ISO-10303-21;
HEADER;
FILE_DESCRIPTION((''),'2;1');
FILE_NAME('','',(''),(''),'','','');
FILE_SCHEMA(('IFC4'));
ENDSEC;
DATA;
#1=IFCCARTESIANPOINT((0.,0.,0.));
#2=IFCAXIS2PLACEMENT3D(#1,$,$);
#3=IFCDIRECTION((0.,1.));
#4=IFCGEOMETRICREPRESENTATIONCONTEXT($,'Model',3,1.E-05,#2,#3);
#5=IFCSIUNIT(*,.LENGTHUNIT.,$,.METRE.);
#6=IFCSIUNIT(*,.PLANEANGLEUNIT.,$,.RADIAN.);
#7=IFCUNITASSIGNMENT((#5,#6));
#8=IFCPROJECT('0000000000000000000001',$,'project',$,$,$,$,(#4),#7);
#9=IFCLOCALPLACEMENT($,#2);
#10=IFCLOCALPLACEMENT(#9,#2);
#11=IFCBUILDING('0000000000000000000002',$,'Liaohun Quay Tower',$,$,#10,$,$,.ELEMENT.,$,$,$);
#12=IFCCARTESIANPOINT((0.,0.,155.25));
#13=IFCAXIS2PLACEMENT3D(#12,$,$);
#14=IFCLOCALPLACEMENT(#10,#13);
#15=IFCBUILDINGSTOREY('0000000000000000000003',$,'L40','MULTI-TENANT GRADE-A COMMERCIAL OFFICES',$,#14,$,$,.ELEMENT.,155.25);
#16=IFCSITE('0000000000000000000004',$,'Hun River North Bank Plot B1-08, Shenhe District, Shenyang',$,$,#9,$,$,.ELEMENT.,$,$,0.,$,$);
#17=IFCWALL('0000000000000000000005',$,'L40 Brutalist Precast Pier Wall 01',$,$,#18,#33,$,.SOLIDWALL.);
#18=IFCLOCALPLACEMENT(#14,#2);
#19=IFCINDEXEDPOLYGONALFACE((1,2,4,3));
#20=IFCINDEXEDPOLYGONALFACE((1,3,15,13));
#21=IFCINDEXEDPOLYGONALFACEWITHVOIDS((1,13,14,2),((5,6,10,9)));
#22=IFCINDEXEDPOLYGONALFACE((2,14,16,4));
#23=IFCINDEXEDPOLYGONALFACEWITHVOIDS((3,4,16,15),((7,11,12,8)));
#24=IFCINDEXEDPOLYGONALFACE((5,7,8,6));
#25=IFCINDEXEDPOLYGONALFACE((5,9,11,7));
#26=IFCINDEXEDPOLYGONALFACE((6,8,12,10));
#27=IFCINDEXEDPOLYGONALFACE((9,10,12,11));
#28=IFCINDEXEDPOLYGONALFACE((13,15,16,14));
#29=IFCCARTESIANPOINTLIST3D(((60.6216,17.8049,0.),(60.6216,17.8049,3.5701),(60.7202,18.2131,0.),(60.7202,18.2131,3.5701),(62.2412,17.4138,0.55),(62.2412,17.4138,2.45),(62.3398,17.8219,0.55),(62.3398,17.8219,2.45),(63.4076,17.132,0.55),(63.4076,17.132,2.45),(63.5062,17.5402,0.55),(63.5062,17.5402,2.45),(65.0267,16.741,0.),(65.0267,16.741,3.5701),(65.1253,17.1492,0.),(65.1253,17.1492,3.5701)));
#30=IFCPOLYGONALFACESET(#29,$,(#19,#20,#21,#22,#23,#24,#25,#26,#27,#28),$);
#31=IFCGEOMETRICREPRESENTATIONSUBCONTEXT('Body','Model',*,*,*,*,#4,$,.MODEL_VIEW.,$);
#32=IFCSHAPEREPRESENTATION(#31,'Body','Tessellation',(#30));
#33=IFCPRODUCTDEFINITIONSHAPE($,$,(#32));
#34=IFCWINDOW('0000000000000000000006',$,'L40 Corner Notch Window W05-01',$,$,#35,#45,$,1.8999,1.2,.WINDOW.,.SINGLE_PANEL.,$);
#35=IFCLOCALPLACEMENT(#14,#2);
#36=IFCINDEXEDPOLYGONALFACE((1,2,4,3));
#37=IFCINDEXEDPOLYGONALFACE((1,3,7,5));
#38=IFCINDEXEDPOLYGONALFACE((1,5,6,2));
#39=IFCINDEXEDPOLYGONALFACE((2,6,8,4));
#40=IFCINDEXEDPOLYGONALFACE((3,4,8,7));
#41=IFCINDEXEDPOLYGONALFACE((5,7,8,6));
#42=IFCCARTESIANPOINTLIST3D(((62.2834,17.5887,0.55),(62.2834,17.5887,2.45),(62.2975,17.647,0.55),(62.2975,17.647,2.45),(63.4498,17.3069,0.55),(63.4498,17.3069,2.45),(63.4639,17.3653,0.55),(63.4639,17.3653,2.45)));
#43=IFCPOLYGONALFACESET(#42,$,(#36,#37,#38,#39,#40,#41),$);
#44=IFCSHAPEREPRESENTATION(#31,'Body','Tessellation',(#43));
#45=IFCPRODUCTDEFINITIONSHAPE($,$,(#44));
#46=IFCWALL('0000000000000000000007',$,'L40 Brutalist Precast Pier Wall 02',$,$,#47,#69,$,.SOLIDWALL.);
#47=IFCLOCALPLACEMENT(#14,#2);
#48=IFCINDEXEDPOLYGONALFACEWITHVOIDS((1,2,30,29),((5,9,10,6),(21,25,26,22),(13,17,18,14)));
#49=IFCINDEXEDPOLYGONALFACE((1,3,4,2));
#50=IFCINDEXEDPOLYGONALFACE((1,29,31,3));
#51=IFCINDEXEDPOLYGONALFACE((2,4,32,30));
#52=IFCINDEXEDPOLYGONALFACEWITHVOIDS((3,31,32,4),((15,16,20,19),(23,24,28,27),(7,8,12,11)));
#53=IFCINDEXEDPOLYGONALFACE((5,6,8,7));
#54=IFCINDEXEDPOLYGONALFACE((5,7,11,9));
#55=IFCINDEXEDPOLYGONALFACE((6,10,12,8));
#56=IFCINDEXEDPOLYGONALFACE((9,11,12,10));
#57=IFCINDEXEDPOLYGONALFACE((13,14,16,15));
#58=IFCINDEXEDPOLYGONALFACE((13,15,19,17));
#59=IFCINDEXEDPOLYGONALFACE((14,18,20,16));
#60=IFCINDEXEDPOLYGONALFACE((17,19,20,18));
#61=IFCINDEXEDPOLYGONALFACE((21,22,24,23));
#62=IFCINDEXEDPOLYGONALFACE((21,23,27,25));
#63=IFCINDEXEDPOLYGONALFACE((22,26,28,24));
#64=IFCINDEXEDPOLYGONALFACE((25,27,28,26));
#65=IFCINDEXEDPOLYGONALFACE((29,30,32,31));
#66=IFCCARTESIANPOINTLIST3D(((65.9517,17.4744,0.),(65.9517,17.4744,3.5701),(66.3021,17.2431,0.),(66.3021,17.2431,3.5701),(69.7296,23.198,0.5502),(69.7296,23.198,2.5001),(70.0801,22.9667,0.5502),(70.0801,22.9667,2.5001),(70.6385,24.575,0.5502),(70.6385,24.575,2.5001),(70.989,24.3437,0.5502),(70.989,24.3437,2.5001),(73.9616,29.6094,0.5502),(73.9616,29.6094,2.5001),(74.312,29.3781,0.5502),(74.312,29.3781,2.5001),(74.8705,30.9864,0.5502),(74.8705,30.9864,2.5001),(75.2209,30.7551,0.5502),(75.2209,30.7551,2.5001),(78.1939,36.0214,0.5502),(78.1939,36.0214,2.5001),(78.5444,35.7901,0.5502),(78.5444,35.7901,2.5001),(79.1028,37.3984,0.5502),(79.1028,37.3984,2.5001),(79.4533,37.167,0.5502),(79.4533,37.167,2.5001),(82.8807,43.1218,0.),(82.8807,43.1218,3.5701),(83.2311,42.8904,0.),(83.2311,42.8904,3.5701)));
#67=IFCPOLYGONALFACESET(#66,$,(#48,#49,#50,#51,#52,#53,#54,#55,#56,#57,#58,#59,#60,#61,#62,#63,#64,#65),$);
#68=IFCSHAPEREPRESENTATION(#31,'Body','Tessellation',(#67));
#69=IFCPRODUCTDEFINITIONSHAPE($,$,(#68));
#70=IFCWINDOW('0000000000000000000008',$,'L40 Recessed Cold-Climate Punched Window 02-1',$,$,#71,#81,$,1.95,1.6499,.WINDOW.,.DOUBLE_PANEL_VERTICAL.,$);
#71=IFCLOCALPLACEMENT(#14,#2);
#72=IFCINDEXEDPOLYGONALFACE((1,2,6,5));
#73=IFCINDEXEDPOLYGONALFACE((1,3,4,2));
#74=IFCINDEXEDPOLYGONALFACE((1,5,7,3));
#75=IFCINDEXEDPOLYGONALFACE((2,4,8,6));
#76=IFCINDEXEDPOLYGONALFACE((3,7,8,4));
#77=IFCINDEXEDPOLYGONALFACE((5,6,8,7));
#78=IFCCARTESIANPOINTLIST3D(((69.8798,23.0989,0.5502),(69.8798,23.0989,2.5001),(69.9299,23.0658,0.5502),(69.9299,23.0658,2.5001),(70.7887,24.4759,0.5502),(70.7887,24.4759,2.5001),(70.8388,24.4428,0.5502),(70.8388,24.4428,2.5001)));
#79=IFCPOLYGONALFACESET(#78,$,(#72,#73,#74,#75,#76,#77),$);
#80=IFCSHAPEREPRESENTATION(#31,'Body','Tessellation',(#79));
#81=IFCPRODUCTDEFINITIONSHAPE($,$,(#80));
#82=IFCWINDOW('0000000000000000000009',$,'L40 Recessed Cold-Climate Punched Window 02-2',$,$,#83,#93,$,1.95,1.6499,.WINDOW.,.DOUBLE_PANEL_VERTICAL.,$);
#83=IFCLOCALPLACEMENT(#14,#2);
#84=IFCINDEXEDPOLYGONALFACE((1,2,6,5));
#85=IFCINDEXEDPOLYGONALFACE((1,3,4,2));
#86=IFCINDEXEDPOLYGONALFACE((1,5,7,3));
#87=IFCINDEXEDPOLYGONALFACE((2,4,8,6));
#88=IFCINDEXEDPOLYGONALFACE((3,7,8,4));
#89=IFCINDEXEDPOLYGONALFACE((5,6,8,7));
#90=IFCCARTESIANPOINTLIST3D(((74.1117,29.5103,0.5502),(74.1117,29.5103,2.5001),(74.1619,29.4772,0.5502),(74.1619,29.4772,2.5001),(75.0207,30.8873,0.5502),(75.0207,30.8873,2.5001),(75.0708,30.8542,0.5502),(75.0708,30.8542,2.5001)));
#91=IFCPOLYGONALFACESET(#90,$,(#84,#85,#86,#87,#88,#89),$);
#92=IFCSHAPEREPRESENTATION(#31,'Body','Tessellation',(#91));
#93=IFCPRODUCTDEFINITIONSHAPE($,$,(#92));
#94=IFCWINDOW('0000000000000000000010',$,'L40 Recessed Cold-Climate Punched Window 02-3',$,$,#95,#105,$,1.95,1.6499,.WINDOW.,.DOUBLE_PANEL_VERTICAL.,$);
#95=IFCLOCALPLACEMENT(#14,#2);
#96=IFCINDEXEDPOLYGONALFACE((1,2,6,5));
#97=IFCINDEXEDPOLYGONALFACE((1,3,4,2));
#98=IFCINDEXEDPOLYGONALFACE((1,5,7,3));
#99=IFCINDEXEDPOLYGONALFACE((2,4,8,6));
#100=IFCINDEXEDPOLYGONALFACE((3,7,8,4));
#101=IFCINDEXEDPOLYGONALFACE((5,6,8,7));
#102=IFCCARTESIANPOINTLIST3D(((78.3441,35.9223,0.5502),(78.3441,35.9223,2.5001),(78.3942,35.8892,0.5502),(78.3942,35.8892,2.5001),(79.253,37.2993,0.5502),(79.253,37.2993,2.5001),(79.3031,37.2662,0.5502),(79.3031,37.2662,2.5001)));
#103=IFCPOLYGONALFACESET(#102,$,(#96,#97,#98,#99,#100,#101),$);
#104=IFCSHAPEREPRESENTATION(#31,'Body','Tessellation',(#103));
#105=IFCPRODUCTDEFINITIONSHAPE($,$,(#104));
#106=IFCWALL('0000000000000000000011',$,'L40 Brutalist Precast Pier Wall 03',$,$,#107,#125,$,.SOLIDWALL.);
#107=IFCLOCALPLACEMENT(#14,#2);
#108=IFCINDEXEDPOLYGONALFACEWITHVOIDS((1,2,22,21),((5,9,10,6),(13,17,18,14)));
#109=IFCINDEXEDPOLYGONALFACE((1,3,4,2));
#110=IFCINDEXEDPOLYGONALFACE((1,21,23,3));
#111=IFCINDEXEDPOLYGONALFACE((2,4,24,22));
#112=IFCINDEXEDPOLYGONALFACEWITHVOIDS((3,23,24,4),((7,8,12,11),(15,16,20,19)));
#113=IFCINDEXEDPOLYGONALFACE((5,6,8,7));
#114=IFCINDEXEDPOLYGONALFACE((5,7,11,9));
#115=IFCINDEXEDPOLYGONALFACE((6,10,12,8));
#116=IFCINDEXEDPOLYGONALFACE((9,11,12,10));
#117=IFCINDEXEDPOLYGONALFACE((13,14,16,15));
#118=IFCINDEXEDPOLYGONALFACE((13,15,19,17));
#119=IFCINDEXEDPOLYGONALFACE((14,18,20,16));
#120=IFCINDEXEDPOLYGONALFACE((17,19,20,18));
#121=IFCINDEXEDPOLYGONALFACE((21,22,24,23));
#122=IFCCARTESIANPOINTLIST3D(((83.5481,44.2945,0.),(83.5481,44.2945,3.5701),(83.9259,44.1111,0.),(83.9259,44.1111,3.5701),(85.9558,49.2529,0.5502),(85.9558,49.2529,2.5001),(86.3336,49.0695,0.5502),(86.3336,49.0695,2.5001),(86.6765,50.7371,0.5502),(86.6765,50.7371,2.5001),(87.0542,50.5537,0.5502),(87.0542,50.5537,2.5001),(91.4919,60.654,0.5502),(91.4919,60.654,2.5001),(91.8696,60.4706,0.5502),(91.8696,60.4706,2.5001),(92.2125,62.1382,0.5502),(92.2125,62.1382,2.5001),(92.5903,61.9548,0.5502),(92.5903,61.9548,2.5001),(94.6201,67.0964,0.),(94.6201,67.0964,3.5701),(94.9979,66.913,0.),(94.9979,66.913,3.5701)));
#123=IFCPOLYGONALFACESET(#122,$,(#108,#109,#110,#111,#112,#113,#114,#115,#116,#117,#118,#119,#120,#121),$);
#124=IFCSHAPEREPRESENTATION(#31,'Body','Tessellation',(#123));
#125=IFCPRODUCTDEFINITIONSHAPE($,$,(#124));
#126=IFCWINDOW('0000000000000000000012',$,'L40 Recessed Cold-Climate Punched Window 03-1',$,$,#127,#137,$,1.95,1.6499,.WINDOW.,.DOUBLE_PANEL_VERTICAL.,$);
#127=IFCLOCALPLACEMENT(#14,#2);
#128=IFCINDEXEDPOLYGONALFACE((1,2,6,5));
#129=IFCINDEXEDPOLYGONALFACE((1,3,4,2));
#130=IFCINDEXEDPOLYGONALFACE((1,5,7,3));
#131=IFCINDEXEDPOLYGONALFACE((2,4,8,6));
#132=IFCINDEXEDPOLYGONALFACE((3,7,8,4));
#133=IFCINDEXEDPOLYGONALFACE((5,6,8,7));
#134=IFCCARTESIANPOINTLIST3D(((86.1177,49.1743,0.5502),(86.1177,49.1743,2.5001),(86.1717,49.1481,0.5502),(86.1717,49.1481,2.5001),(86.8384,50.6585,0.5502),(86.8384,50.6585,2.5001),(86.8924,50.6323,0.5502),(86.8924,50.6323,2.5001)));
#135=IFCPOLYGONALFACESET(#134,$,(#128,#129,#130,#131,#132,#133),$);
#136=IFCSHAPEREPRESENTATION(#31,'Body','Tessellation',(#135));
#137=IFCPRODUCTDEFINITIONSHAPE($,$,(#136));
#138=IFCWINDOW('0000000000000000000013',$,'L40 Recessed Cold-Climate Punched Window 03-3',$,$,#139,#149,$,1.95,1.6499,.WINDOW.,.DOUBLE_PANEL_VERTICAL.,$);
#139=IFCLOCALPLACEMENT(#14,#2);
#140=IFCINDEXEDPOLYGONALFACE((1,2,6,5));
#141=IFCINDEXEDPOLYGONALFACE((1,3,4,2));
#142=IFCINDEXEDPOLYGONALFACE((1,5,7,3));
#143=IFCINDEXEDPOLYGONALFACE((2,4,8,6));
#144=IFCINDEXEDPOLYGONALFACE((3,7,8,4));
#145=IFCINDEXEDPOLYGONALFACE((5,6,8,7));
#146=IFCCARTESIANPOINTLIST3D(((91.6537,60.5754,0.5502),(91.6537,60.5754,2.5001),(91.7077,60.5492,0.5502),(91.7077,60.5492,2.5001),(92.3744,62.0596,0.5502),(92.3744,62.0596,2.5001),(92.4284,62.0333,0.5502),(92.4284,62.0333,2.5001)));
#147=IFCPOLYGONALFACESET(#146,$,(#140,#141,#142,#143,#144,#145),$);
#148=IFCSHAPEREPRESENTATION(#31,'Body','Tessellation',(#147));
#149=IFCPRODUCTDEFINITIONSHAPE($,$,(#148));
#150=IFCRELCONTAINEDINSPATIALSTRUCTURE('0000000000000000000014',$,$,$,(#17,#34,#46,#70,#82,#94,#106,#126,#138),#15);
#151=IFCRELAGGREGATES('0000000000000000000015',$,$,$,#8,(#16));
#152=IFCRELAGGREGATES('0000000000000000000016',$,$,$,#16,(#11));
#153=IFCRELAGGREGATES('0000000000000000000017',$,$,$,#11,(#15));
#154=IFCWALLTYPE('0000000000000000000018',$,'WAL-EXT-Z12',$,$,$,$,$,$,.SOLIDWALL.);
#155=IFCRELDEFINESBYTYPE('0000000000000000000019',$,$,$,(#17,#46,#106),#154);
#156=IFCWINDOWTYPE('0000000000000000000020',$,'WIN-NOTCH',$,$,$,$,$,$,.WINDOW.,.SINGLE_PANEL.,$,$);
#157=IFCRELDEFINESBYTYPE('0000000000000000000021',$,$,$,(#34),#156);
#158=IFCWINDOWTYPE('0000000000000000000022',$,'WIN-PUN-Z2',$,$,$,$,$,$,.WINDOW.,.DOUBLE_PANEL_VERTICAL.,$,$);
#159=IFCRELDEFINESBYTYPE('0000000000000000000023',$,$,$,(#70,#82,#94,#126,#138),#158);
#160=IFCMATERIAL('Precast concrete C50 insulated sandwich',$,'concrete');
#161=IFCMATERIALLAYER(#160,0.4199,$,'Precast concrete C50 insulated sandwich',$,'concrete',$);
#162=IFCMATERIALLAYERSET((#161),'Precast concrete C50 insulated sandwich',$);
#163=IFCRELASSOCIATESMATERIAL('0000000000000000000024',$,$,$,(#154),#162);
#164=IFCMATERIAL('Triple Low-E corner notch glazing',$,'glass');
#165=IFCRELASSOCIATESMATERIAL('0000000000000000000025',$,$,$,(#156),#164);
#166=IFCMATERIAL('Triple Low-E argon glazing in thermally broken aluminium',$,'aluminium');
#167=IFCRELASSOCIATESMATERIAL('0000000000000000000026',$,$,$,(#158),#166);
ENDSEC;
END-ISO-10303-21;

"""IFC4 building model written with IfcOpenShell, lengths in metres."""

from ifc_helpers import new_model, si_unit, direction, frame, frame_2d, origin, place, context, subcontext, project, spatial, rectangle, extrude, source, transform, mapped, material, layer, layer_set, type_object, element, fill, save


model = new_model("IFC4")

# Units and contexts
model_context = context("Model", 3, precision=1e-05, world=origin(), true_north=direction((0.0, 1.0)))
body_context = subcontext(model_context, "Body", "Model", "MODEL_VIEW")
ifc_project = project(units=[si_unit("LENGTHUNIT", "METRE"), si_unit("PLANEANGLEUNIT", "RADIAN")], contexts=[model_context])

# Site, building, storey
site_placement = place(None, origin())
site = spatial("IfcSite", under=ifc_project, at=site_placement, Name="Hun River North Bank Plot B1-08, Shenhe District, Shenyang", CompositionType="ELEMENT", RefElevation=0.0)
building_placement = place(site_placement, origin())
building = spatial("IfcBuilding", under=site, at=building_placement, Name="Liaohun Quay Tower", CompositionType="ELEMENT")
storey_placement = place(building_placement, frame((0.0, 0.0, 155.25)))
storey = spatial("IfcBuildingStorey", under=building, at=storey_placement, Name="L40", Description="MULTI-TENANT GRADE-A COMMERCIAL OFFICES", CompositionType="ELEMENT", Elevation=155.25)

# Wall, opening, window
ifc_material_1 = material(Name="Precast concrete C50 insulated sandwich", Category="concrete")
ifc_layer_1 = layer(ifc_material_1, 0.4199, Name="Precast concrete C50 insulated sandwich", Category="concrete")
ifc_layer_set_1 = layer_set([ifc_layer_1], Name="Precast concrete C50 insulated sandwich")
wall_type_1 = type_object("IfcWallType", Name="WAL-EXT-Z12", PredefinedType="SOLIDWALL", material=ifc_layer_set_1)
wall_1_placement = place(storey_placement, frame((60.6709, 18.009, 0.0), z_axis=(0.0, 0.0, 1.0), x_axis=(0.972048, -0.234783, 0.0)))
wall_1 = element("IfcWall", 1, at=wall_1_placement, inside=storey, type_object=wall_type_1, Name="L40 Brutalist Precast Pier Wall 01", PredefinedType="SOLIDWALL", context=body_context, shape_type="SweptSolid", body=[
    extrude(rectangle(XDim=4.5317, YDim=0.4199, at=frame_2d((2.2659, 0.0))), origin(), (0.0, 0.0, 1.0), 3.5701),
])
shared_shape_1 = source(origin(), body_context, "Body", "SweptSolid", [
    extrude(rectangle(XDim=1.2, YDim=1.8999, at=frame_2d((0.6001, 0.95))), frame((0.0, 0.22, 0.0), z_axis=(0.0, -1.0, 0.0), x_axis=(1.0, 0.0, 0.0)), (0.0, 0.0, 1.0), 0.4399),
])
opening_1_placement = place(wall_1_placement, frame((1.666, 0.0, 0.55)))
opening_1 = element("IfcOpeningElement", 2, at=opening_1_placement, cuts=wall_1, PredefinedType="OPENING", context=body_context, shape_type="MappedRepresentation", body=[
    mapped(shared_shape_1, transform((0.0, 0.0, 0.0), x_axis=(1.0, 0.0, 0.0), y_axis=(0.0, 1.0, 0.0), z_axis=(0.0, 0.0, 1.0), scale=1.0)),
])
ifc_material_2 = material(Name="Triple Low-E corner notch glazing", Category="glass")
window_type_1 = type_object("IfcWindowType", Name="WIN-NOTCH", PartitioningType="SINGLE_PANEL", PredefinedType="WINDOW", material=ifc_material_2)
shared_shape_2 = source(origin(), body_context, "Body", "SweptSolid", [
    extrude(rectangle(XDim=1.2, YDim=1.8999, at=frame_2d((0.6001, 0.95))), frame((0.0, 0.03, 0.0), z_axis=(0.0, -1.0, 0.0), x_axis=(1.0, 0.0, 0.0)), (0.0, 0.0, 1.0), 0.0601),
])
window_1_placement = place(opening_1_placement, origin())
window_1 = element("IfcWindow", 3, at=window_1_placement, inside=storey, type_object=window_type_1, Name="L40 Corner Notch Window W05-01", OverallHeight=1.8999, OverallWidth=1.2, PartitioningType="SINGLE_PANEL", PredefinedType="WINDOW", context=body_context, shape_type="MappedRepresentation", body=[
    mapped(shared_shape_2, transform((0.0, 0.0, 0.0), x_axis=(1.0, 0.0, 0.0), y_axis=(0.0, 1.0, 0.0), z_axis=(0.0, 0.0, 1.0), scale=1.0)),
])
fill(opening_1, window_1)

# Walls, openings, windows
wall_2_placement = place(storey_placement, frame((66.127, 17.3589, 0.0), z_axis=(0.0, 0.0, 1.0), x_axis=(0.550883, 0.834583, 0.0)))
wall_2 = element("IfcWall", 4, at=wall_2_placement, inside=storey, type_object=wall_type_1, Name="L40 Brutalist Precast Pier Wall 02", PredefinedType="SOLIDWALL", context=body_context, shape_type="SweptSolid", body=[
    extrude(rectangle(XDim=30.7307, YDim=0.4199, at=frame_2d((15.3652, 0.0))), origin(), (0.0, 0.0, 1.0), 3.5701),
])
shared_shape_3 = source(origin(), body_context, "Body", "SweptSolid", [
    extrude(rectangle(XDim=1.6499, YDim=1.95, at=frame_2d((0.825, 0.9751))), frame((0.0, 0.22, 0.0), z_axis=(0.0, -1.0, 0.0), x_axis=(1.0, 0.0, 0.0)), (0.0, 0.0, 1.0), 0.4399),
])
opening_2_placement = place(wall_2_placement, frame((6.8579, 0.0, 0.55)))
opening_2 = element("IfcOpeningElement", 5, at=opening_2_placement, cuts=wall_2, PredefinedType="OPENING", context=body_context, shape_type="MappedRepresentation", body=[
    mapped(shared_shape_3, transform((0.0, 0.0, 0.0), x_axis=(1.0, 0.0, 0.0), y_axis=(0.0, 1.0, 0.0), z_axis=(0.0, 0.0, 1.0), scale=1.0)),
])
opening_3_placement = place(wall_2_placement, frame((14.54, 0.0, 0.55)))
opening_3 = element("IfcOpeningElement", 6, at=opening_3_placement, cuts=wall_2, PredefinedType="OPENING", context=body_context, shape_type="MappedRepresentation", body=[
    mapped(shared_shape_3, transform((0.0, 0.0, 0.0), x_axis=(1.0, 0.0, 0.0), y_axis=(0.0, 1.0, 0.0), z_axis=(0.0, 0.0, 1.0), scale=1.0)),
])
opening_4_placement = place(wall_2_placement, frame((22.2229, 0.0, 0.55)))
opening_4 = element("IfcOpeningElement", 7, at=opening_4_placement, cuts=wall_2, PredefinedType="OPENING", context=body_context, shape_type="MappedRepresentation", body=[
    mapped(shared_shape_3, transform((0.0, 0.0, 0.0), x_axis=(1.0, 0.0, 0.0), y_axis=(0.0, 1.0, 0.0), z_axis=(0.0, 0.0, 1.0), scale=1.0)),
])
ifc_material_3 = material(Name="Triple Low-E argon glazing in thermally broken aluminium", Category="aluminium")
window_type_2 = type_object("IfcWindowType", Name="WIN-PUN-Z2", PartitioningType="DOUBLE_PANEL_VERTICAL", PredefinedType="WINDOW", material=ifc_material_3)
shared_shape_4 = source(origin(), body_context, "Body", "SweptSolid", [
    extrude(rectangle(XDim=1.6499, YDim=1.95, at=frame_2d((0.825, 0.9751))), frame((0.0, 0.03, 0.0), z_axis=(0.0, -1.0, 0.0), x_axis=(1.0, 0.0, 0.0)), (0.0, 0.0, 1.0), 0.0601),
])
window_2_placement = place(opening_2_placement, origin())
window_2 = element("IfcWindow", 8, at=window_2_placement, inside=storey, type_object=window_type_2, Name="L40 Recessed Cold-Climate Punched Window 02-1", OverallHeight=1.95, OverallWidth=1.6499, PartitioningType="DOUBLE_PANEL_VERTICAL", PredefinedType="WINDOW", context=body_context, shape_type="MappedRepresentation", body=[
    mapped(shared_shape_4, transform((0.0, 0.0, 0.0), x_axis=(1.0, 0.0, 0.0), y_axis=(0.0, 1.0, 0.0), z_axis=(0.0, 0.0, 1.0), scale=1.0)),
])
fill(opening_2, window_2)
window_3_placement = place(opening_3_placement, origin())
window_3 = element("IfcWindow", 9, at=window_3_placement, inside=storey, type_object=window_type_2, Name="L40 Recessed Cold-Climate Punched Window 02-2", OverallHeight=1.95, OverallWidth=1.6499, PartitioningType="DOUBLE_PANEL_VERTICAL", PredefinedType="WINDOW", context=body_context, shape_type="MappedRepresentation", body=[
    mapped(shared_shape_4, transform((0.0, 0.0, 0.0), x_axis=(1.0, 0.0, 0.0), y_axis=(0.0, 1.0, 0.0), z_axis=(0.0, 0.0, 1.0), scale=1.0)),
])
fill(opening_3, window_3)
window_4_placement = place(opening_4_placement, origin())
window_4 = element("IfcWindow", 10, at=window_4_placement, inside=storey, type_object=window_type_2, Name="L40 Recessed Cold-Climate Punched Window 02-3", OverallHeight=1.95, OverallWidth=1.6499, PartitioningType="DOUBLE_PANEL_VERTICAL", PredefinedType="WINDOW", context=body_context, shape_type="MappedRepresentation", body=[
    mapped(shared_shape_4, transform((0.0, 0.0, 0.0), x_axis=(1.0, 0.0, 0.0), y_axis=(0.0, 1.0, 0.0), z_axis=(0.0, 0.0, 1.0), scale=1.0)),
])
fill(opening_4, window_4)
wall_3_placement = place(storey_placement, frame((83.7371, 44.2029, 0.0), z_axis=(0.0, 0.0, 1.0), x_axis=(0.436801, 0.899558, 0.0)))
wall_3 = element("IfcWall", 11, at=wall_3_placement, inside=storey, type_object=wall_type_1, Name="L40 Brutalist Precast Pier Wall 03", PredefinedType="SOLIDWALL", context=body_context, shape_type="SweptSolid", body=[
    extrude(rectangle(XDim=25.3479, YDim=0.4199, at=frame_2d((12.6738, 0.0))), origin(), (0.0, 0.0, 1.0), 3.5701),
])
opening_5_placement = place(wall_3_placement, frame((5.512, 0.0, 0.55)))
opening_5 = element("IfcOpeningElement", 12, at=opening_5_placement, cuts=wall_3, PredefinedType="OPENING", context=body_context, shape_type="MappedRepresentation", body=[
    mapped(shared_shape_3, transform((0.0, 0.0, 0.0), x_axis=(1.0, 0.0, 0.0), y_axis=(0.0, 1.0, 0.0), z_axis=(0.0, 0.0, 1.0), scale=1.0)),
])
opening_6_placement = place(wall_3_placement, frame((18.186, 0.0, 0.55)))
opening_6 = element("IfcOpeningElement", 13, at=opening_6_placement, cuts=wall_3, PredefinedType="OPENING", context=body_context, shape_type="MappedRepresentation", body=[
    mapped(shared_shape_3, transform((0.0, 0.0, 0.0), x_axis=(1.0, 0.0, 0.0), y_axis=(0.0, 1.0, 0.0), z_axis=(0.0, 0.0, 1.0), scale=1.0)),
])
window_5_placement = place(opening_5_placement, origin())
window_5 = element("IfcWindow", 14, at=window_5_placement, inside=storey, type_object=window_type_2, Name="L40 Recessed Cold-Climate Punched Window 03-1", OverallHeight=1.95, OverallWidth=1.6499, PartitioningType="DOUBLE_PANEL_VERTICAL", PredefinedType="WINDOW", context=body_context, shape_type="MappedRepresentation", body=[
    mapped(shared_shape_4, transform((0.0, 0.0, 0.0), x_axis=(1.0, 0.0, 0.0), y_axis=(0.0, 1.0, 0.0), z_axis=(0.0, 0.0, 1.0), scale=1.0)),
])
fill(opening_5, window_5)
window_6_placement = place(opening_6_placement, origin())
window_6 = element("IfcWindow", 15, at=window_6_placement, inside=storey, type_object=window_type_2, Name="L40 Recessed Cold-Climate Punched Window 03-3", OverallHeight=1.95, OverallWidth=1.6499, PartitioningType="DOUBLE_PANEL_VERTICAL", PredefinedType="WINDOW", context=body_context, shape_type="MappedRepresentation", body=[
    mapped(shared_shape_4, transform((0.0, 0.0, 0.0), x_axis=(1.0, 0.0, 0.0), y_axis=(0.0, 1.0, 0.0), z_axis=(0.0, 0.0, 1.0), scale=1.0)),
])
fill(opening_6, window_6)

save(model, "model.ifc")
